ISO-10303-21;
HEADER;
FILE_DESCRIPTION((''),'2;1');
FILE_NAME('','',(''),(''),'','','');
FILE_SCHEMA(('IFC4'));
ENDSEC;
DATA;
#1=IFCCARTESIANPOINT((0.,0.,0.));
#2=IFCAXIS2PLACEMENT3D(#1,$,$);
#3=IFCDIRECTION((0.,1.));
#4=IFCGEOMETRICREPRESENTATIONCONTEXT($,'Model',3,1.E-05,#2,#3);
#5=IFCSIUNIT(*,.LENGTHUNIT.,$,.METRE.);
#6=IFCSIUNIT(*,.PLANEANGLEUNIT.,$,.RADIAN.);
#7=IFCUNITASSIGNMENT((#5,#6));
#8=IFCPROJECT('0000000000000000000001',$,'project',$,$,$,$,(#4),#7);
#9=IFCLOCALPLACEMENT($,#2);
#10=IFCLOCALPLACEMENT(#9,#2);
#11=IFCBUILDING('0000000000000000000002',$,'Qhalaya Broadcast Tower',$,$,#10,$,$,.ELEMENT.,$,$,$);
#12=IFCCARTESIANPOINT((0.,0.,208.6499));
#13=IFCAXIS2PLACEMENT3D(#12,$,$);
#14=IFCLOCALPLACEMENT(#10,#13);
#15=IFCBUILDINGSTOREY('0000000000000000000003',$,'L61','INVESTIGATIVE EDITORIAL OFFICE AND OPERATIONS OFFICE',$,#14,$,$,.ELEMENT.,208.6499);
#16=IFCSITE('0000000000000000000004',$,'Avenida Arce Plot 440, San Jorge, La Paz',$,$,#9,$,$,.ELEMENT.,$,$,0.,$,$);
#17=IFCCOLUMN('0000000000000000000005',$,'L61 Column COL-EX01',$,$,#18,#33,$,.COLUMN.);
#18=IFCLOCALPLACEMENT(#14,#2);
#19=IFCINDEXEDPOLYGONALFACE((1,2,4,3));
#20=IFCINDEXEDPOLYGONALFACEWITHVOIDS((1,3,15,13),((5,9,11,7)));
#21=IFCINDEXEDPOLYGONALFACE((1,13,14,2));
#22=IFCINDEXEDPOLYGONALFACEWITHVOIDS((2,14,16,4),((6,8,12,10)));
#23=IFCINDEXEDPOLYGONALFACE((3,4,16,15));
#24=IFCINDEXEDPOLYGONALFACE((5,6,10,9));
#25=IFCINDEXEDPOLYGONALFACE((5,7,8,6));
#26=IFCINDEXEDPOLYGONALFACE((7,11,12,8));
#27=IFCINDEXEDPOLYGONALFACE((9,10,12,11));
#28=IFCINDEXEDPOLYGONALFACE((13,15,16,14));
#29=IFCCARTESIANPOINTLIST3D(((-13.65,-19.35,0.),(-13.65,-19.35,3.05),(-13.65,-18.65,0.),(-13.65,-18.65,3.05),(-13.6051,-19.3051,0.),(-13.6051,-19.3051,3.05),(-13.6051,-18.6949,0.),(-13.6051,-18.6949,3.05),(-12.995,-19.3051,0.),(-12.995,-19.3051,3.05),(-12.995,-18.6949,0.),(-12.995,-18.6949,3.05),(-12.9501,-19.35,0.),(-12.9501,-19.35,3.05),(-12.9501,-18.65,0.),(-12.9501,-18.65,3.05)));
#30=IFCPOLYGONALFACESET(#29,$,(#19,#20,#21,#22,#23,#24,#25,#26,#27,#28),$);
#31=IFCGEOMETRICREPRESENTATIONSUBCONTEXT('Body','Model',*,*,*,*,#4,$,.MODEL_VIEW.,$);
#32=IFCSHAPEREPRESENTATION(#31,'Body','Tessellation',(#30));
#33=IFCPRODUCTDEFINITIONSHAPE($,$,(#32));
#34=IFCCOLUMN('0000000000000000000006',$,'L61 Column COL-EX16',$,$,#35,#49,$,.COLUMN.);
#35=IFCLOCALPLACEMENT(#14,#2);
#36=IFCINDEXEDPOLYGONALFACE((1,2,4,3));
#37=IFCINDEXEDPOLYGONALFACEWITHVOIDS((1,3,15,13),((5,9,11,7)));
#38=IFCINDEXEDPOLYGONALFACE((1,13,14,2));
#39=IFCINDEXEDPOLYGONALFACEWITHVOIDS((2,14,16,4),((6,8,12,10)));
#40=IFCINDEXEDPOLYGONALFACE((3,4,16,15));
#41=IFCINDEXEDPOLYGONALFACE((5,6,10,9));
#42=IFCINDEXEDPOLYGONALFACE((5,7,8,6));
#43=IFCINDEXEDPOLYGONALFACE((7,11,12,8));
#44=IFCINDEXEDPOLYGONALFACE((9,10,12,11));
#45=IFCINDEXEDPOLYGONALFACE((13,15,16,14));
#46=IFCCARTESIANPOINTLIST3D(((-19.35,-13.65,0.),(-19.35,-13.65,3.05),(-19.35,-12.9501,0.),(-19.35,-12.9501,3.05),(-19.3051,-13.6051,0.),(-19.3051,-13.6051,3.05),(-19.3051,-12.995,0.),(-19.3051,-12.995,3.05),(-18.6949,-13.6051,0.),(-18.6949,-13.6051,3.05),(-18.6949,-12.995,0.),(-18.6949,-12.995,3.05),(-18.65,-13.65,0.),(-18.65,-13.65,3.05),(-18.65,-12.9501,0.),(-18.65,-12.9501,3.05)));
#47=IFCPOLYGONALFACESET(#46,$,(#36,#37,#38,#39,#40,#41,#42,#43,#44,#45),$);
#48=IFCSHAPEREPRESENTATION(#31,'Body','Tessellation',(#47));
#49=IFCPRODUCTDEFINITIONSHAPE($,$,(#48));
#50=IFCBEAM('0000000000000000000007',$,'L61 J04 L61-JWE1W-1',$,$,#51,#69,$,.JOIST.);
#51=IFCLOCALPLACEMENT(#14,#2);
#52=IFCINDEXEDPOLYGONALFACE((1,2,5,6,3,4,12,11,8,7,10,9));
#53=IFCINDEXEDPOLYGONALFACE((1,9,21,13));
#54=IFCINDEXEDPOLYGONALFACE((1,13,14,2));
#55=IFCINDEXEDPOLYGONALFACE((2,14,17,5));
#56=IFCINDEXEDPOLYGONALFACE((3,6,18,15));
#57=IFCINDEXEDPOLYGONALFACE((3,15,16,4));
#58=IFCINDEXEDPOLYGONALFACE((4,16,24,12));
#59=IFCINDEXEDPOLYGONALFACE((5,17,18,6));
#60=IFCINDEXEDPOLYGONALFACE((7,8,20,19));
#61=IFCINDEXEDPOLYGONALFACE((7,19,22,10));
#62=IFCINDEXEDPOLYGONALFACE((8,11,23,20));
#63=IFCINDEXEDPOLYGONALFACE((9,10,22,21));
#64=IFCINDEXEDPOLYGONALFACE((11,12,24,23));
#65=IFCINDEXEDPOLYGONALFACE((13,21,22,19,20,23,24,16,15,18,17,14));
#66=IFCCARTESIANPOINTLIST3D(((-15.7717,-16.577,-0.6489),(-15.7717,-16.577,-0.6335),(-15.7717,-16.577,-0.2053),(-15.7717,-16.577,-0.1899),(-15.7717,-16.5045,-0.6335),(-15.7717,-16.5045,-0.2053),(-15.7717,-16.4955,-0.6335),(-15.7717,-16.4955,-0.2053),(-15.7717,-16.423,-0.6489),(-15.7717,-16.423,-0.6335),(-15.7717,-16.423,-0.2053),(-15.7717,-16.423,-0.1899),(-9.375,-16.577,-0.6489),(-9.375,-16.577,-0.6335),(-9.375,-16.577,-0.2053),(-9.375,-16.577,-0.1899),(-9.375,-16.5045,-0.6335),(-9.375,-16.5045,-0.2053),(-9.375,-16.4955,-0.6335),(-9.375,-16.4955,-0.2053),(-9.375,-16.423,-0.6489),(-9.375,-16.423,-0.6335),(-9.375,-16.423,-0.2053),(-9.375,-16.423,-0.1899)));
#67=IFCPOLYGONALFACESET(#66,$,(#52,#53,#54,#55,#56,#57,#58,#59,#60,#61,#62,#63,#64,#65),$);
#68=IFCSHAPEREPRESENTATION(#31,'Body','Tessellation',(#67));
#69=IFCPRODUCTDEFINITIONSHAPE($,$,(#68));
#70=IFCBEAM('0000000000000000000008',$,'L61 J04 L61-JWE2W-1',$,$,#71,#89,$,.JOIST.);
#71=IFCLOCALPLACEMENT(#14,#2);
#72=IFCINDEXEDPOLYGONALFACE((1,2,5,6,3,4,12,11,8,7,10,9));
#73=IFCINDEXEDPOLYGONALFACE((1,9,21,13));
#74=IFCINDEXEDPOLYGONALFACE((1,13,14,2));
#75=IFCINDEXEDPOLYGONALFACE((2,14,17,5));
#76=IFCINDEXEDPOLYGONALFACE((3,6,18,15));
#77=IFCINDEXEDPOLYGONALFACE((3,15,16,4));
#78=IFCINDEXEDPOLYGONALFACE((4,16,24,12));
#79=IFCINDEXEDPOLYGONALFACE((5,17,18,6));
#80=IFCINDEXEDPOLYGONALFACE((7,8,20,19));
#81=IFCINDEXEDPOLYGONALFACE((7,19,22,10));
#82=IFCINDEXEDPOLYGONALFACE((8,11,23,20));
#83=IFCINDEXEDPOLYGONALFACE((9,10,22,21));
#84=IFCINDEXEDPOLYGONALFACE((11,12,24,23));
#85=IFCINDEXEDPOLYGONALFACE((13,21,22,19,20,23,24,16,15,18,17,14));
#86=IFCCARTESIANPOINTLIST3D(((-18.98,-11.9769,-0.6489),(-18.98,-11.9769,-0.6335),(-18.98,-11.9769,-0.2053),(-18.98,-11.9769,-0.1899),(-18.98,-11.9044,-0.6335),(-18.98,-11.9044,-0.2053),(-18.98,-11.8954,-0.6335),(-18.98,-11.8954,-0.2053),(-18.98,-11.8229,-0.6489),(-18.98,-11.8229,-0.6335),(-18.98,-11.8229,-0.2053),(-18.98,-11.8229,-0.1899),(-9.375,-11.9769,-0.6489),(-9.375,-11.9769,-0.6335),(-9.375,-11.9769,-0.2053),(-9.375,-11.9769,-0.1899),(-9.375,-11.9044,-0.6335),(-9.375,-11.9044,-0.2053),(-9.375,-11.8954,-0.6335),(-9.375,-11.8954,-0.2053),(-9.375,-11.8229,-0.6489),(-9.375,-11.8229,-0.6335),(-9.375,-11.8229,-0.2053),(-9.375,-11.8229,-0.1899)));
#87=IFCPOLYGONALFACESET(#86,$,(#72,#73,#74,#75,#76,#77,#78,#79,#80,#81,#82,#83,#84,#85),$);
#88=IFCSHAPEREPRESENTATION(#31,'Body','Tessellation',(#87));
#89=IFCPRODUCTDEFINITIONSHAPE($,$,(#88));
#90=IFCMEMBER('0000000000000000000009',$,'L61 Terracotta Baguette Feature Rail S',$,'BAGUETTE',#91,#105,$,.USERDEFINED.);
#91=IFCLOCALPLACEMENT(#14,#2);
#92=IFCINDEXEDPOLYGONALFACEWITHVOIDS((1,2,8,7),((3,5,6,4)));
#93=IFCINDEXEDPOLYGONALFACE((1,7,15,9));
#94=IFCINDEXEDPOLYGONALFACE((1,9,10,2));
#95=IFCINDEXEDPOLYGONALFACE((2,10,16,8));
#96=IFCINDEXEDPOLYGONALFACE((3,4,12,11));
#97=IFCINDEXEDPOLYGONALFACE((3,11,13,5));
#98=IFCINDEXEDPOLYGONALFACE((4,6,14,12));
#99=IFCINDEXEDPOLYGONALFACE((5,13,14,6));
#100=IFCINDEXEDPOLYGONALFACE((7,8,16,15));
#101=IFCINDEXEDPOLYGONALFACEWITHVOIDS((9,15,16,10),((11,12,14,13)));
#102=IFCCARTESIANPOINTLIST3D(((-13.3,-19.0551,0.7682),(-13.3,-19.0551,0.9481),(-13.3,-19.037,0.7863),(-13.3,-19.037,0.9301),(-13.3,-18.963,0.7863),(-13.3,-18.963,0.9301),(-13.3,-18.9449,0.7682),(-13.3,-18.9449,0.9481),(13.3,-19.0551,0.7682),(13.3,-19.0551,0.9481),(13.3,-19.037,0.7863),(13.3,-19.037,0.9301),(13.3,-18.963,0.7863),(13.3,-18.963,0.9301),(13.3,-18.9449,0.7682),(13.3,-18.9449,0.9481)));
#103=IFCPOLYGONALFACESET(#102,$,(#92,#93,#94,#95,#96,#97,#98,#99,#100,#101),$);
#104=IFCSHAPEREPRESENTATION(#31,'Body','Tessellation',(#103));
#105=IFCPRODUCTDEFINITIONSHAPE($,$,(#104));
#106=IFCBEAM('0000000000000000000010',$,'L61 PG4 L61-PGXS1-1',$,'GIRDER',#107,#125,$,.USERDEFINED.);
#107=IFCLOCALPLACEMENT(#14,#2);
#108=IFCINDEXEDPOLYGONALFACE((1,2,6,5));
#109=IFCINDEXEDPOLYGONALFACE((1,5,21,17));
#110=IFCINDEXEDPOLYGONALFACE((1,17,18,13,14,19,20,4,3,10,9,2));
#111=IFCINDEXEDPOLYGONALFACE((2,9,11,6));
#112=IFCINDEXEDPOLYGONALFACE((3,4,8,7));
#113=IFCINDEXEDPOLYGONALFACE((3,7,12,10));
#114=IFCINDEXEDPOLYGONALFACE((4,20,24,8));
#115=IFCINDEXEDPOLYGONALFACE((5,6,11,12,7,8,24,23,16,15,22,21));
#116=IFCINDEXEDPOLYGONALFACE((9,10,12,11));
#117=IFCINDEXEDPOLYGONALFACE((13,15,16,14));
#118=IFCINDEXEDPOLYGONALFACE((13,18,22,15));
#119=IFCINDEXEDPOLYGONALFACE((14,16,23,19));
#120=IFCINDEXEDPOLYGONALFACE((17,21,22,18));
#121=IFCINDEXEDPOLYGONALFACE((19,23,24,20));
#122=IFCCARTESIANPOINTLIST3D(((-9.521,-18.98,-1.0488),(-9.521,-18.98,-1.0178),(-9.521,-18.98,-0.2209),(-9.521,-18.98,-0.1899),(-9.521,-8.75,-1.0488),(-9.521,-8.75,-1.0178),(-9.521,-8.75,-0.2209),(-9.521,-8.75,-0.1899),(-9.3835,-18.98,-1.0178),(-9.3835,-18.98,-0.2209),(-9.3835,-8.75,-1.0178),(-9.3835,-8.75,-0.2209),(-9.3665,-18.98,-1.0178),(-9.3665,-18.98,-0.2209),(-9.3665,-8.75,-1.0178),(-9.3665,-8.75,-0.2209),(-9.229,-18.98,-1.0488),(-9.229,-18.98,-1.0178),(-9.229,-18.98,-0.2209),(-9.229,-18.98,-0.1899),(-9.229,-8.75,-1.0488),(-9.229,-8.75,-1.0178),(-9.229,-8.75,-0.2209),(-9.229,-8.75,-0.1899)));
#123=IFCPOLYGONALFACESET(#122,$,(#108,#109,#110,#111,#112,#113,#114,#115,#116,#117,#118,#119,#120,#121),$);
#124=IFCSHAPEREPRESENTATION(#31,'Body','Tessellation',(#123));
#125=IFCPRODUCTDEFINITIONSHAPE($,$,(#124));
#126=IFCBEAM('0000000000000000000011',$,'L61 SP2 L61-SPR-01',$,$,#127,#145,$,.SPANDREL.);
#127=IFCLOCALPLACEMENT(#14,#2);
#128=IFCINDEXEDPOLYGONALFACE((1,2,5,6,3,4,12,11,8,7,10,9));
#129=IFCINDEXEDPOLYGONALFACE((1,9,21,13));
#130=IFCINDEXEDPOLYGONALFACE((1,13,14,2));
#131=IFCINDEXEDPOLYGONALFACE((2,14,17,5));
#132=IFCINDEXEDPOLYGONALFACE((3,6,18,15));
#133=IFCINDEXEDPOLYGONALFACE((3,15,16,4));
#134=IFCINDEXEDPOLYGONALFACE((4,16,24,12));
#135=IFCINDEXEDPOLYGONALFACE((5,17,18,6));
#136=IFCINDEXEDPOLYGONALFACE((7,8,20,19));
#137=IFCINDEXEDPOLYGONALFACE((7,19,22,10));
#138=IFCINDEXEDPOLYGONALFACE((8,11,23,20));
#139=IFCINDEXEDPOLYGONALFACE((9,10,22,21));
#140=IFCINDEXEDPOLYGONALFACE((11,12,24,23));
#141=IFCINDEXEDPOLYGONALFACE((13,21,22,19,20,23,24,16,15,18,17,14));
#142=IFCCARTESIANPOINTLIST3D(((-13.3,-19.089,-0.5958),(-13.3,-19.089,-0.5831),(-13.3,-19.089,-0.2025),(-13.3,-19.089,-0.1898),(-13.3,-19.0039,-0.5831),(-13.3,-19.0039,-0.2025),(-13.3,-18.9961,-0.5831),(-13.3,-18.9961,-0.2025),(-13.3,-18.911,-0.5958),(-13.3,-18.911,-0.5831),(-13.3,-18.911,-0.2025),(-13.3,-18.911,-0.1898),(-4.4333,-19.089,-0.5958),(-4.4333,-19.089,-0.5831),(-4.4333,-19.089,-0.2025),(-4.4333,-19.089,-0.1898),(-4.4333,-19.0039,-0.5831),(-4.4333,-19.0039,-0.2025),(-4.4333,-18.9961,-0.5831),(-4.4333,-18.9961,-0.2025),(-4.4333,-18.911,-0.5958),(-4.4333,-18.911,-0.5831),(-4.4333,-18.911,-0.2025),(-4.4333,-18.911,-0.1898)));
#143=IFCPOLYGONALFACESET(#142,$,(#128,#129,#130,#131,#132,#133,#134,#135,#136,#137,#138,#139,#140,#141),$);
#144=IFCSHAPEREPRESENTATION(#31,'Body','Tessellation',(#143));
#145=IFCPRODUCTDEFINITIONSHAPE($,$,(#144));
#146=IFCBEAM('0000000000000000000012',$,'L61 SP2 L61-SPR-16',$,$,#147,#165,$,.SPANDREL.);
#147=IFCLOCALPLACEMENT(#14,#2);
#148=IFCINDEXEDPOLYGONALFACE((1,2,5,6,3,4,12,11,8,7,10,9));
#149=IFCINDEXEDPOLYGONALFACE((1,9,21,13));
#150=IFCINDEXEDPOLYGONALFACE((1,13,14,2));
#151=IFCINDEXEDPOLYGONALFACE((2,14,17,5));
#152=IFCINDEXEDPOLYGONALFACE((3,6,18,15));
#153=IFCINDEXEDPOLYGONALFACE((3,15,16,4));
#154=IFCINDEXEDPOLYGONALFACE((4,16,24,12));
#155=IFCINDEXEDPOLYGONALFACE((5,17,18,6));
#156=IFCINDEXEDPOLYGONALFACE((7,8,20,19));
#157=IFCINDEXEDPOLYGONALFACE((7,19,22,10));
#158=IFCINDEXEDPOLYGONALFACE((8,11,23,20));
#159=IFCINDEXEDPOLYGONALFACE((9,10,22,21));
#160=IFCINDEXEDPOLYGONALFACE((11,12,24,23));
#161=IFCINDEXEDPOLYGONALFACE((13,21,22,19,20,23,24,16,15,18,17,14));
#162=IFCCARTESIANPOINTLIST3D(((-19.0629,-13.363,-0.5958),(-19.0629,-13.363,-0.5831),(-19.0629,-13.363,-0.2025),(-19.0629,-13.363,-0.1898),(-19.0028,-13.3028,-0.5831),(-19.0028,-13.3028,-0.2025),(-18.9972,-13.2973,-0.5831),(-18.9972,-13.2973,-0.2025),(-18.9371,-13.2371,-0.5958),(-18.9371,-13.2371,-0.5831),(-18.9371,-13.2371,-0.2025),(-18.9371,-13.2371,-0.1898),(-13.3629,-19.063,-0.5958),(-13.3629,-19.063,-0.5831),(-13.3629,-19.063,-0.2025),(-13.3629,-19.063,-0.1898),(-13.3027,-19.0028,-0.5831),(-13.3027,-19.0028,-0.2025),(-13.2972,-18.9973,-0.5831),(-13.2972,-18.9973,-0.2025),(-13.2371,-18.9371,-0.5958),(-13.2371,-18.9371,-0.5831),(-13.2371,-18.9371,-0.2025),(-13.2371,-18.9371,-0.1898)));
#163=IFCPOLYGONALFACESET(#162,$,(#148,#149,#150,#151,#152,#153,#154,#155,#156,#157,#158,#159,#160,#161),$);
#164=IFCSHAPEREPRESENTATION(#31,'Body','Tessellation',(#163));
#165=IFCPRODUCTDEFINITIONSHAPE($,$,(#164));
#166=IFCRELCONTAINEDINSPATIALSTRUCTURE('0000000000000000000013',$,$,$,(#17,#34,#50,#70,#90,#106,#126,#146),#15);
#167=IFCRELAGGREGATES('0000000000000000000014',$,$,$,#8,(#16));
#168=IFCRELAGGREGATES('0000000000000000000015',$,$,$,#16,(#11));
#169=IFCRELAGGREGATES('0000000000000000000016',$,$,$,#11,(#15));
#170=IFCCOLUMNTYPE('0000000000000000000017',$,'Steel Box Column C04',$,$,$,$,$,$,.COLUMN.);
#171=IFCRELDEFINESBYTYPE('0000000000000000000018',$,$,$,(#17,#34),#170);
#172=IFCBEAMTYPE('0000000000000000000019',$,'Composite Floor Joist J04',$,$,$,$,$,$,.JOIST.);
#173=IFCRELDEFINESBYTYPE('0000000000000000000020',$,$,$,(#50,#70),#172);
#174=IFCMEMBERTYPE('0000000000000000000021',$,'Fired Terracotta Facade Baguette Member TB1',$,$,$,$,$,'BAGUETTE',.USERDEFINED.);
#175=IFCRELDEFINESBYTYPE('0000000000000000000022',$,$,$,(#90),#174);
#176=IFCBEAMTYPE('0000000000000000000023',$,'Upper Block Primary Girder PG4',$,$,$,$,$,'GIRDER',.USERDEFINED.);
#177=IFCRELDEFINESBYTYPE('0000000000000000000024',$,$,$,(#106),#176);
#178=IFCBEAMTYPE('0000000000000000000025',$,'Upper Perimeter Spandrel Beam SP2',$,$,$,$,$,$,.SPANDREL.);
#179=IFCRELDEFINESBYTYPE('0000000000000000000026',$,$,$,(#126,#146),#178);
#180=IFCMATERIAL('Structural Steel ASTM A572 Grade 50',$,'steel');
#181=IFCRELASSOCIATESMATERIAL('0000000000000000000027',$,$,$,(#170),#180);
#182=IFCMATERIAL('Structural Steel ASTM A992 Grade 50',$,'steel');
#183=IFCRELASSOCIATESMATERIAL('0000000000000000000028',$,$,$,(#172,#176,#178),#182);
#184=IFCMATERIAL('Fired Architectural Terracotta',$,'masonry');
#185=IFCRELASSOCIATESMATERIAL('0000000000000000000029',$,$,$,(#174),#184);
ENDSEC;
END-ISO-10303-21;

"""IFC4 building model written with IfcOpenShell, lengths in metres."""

from ifc_helpers import new_model, si_unit, direction, frame, origin, origin_2d, place, context, subcontext, project, spatial, hollow_rectangle, i_section, extrude, material, material_profile, profile_set, type_object, element, save


model = new_model("IFC4")

# Units and contexts
model_context = context("Model", 3, precision=1e-05, world=origin(), true_north=direction((0.0, 1.0)))
body_context = subcontext(model_context, "Body", "Model", "MODEL_VIEW")
ifc_project = project(units=[si_unit("LENGTHUNIT", "METRE"), si_unit("PLANEANGLEUNIT", "RADIAN")], contexts=[model_context])

# Site, building, storey
site_placement = place(None, origin())
site = spatial("IfcSite", under=ifc_project, at=site_placement, Name="Avenida Arce Plot 440, San Jorge, La Paz", CompositionType="ELEMENT", RefElevation=0.0)
building_placement = place(site_placement, origin())
building = spatial("IfcBuilding", under=site, at=building_placement, Name="Qhalaya Broadcast Tower", CompositionType="ELEMENT")
storey_placement = place(building_placement, frame((0.0, 0.0, 208.6499)))
storey = spatial("IfcBuildingStorey", under=building, at=storey_placement, Name="L61", Description="INVESTIGATIVE EDITORIAL OFFICE AND OPERATIONS OFFICE", CompositionType="ELEMENT", Elevation=208.6499)

# Columns
ifc_material_1 = material(Name="Structural Steel ASTM A572 Grade 50", Category="steel")
ifc_material_profile_1 = material_profile(ifc_material_1, hollow_rectangle(XDim=0.7, YDim=0.7, WallThickness=0.0449, at=origin_2d()), Name="BOX 700x700x45")
ifc_profile_set_1 = profile_set([ifc_material_profile_1], Name="Structural Steel ASTM A572 Grade 50")
column_type = type_object("IfcColumnType", Name="Steel Box Column C04", PredefinedType="COLUMN", material=ifc_profile_set_1)
for number, where, z_axis, x_axis, name in (
    (1, (-13.3, -19.0, 0.0), (0.0, 0.0, 1.0), (1.0, 0.0, 0.0), "L61 Column COL-EX01"),
    (2, (-19.0, -13.3, 0.0), (0.0, 0.0, 1.0), (0.0, 1.0, 0.0), "L61 Column COL-EX16"),
):
    element("IfcColumn", number, at=place(storey_placement, frame(where, z_axis=z_axis, x_axis=x_axis)), inside=storey, type_object=column_type, Name=name, PredefinedType="COLUMN", context=body_context, shape_type="SweptSolid", body=[
        extrude(hollow_rectangle(XDim=0.7, YDim=0.7, WallThickness=0.0449, at=origin_2d()), origin(), (0.0, 0.0, 1.0), 3.05),
    ])

# Beams
ifc_material_2 = material(Name="Structural Steel ASTM A992 Grade 50", Category="steel")
ifc_material_profile_2 = material_profile(ifc_material_2, i_section(OverallWidth=0.1541, OverallDepth=0.459, WebThickness=0.009, FlangeThickness=0.0154, at=origin_2d()), Name="W18X46")
ifc_profile_set_2 = profile_set([ifc_material_profile_2], Name="Structural Steel ASTM A992 Grade 50")
beam_type_1 = type_object("IfcBeamType", Name="Composite Floor Joist J04", PredefinedType="JOIST", material=ifc_profile_set_2)
beam_1_placement = place(storey_placement, frame((-15.7717, -16.5, -0.4194), z_axis=(1.0, 0.0, 0.0), x_axis=(0.0, 1.0, 0.0)))
element("IfcBeam", 3, at=beam_1_placement, inside=storey, type_object=beam_type_1, Name="L61 J04 L61-JWE1W-1", PredefinedType="JOIST", context=body_context, shape_type="SweptSolid", body=[
    extrude(i_section(OverallWidth=0.1541, OverallDepth=0.459, WebThickness=0.009, FlangeThickness=0.0154, at=origin_2d()), origin(), (0.0, 0.0, 1.0), 6.3967),
])
beam_2_placement = place(storey_placement, frame((-18.98, -11.8999, -0.4194), z_axis=(1.0, 0.0, 0.0), x_axis=(0.0, 1.0, 0.0)))
element("IfcBeam", 4, at=beam_2_placement, inside=storey, type_object=beam_type_1, Name="L61 J04 L61-JWE2W-1", PredefinedType="JOIST", context=body_context, shape_type="SweptSolid", body=[
    extrude(i_section(OverallWidth=0.1541, OverallDepth=0.459, WebThickness=0.009, FlangeThickness=0.0154, at=origin_2d()), origin(), (0.0, 0.0, 1.0), 9.605),
])

# Member
ifc_material_3 = material(Name="Fired Architectural Terracotta", Category="masonry")
ifc_material_profile_3 = material_profile(ifc_material_3, hollow_rectangle(XDim=0.1101, YDim=0.1799, WallThickness=0.0181, at=origin_2d()), Name="TB-BAG 110x180x18")
ifc_profile_set_3 = profile_set([ifc_material_profile_3], Name="Fired Architectural Terracotta")
member_type = type_object("IfcMemberType", Name="Fired Terracotta Facade Baguette Member TB1", ElementType="BAGUETTE", PredefinedType="USERDEFINED", material=ifc_profile_set_3)
member_placement = place(storey_placement, frame((-13.3, -19.0, 0.8582), z_axis=(1.0, 0.0, 0.0), x_axis=(0.0, 1.0, 0.0)))
element("IfcMember", 5, at=member_placement, inside=storey, type_object=member_type, Name="L61 Terracotta Baguette Feature Rail S", ObjectType="BAGUETTE", PredefinedType="USERDEFINED", context=body_context, shape_type="SweptSolid", body=[
    extrude(hollow_rectangle(XDim=0.1101, YDim=0.1799, WallThickness=0.0181, at=origin_2d()), origin(), (0.0, 0.0, 1.0), 26.6001),
])

# Beams
ifc_material_profile_4 = material_profile(ifc_material_2, i_section(OverallWidth=0.292, OverallDepth=0.8589, WebThickness=0.0171, FlangeThickness=0.031, at=origin_2d()), Name="W33X169")
ifc_profile_set_4 = profile_set([ifc_material_profile_4], Name="Structural Steel ASTM A992 Grade 50")
beam_type_2 = type_object("IfcBeamType", Name="Upper Block Primary Girder PG4", ElementType="GIRDER", PredefinedType="USERDEFINED", material=ifc_profile_set_4)
beam_3_placement = place(storey_placement, frame((-9.375, -18.98, -0.6194), z_axis=(0.0, 1.0, 0.0), x_axis=(-1.0, 0.0, 0.0)))
element("IfcBeam", 6, at=beam_3_placement, inside=storey, type_object=beam_type_2, Name="L61 PG4 L61-PGXS1-1", ObjectType="GIRDER", PredefinedType="USERDEFINED", context=body_context, shape_type="SweptSolid", body=[
    extrude(i_section(OverallWidth=0.292, OverallDepth=0.8589, WebThickness=0.0171, FlangeThickness=0.031, at=origin_2d()), origin(), (0.0, 0.0, 1.0), 10.23),
])
ifc_material_profile_5 = material_profile(ifc_material_2, i_section(OverallWidth=0.178, OverallDepth=0.406, WebThickness=0.0078, FlangeThickness=0.0127, at=origin_2d()), Name="W16X40")
ifc_profile_set_5 = profile_set([ifc_material_profile_5], Name="Structural Steel ASTM A992 Grade 50")
beam_type_3 = type_object("IfcBeamType", Name="Upper Perimeter Spandrel Beam SP2", PredefinedType="SPANDREL", material=ifc_profile_set_5)
beam_4_placement = place(storey_placement, frame((-13.3, -19.0, -0.3928), z_axis=(1.0, 0.0, 0.0), x_axis=(0.0, 1.0, 0.0)))
element("IfcBeam", 7, at=beam_4_placement, inside=storey, type_object=beam_type_3, Name="L61 SP2 L61-SPR-01", PredefinedType="SPANDREL", context=body_context, shape_type="SweptSolid", body=[
    extrude(i_section(OverallWidth=0.178, OverallDepth=0.406, WebThickness=0.0078, FlangeThickness=0.0127, at=origin_2d()), origin(), (0.0, 0.0, 1.0), 8.8667),
])
beam_5_placement = place(storey_placement, frame((-19.0, -13.3, -0.3928), z_axis=(0.707107, -0.707107, 0.0), x_axis=(0.707107, 0.707107, 0.0)))
element("IfcBeam", 8, at=beam_5_placement, inside=storey, type_object=beam_type_3, Name="L61 SP2 L61-SPR-16", PredefinedType="SPANDREL", context=body_context, shape_type="SweptSolid", body=[
    extrude(i_section(OverallWidth=0.178, OverallDepth=0.406, WebThickness=0.0078, FlangeThickness=0.0127, at=origin_2d()), origin(), (0.0, 0.0, 1.0), 8.061),
])

save(model, "model.ifc")
